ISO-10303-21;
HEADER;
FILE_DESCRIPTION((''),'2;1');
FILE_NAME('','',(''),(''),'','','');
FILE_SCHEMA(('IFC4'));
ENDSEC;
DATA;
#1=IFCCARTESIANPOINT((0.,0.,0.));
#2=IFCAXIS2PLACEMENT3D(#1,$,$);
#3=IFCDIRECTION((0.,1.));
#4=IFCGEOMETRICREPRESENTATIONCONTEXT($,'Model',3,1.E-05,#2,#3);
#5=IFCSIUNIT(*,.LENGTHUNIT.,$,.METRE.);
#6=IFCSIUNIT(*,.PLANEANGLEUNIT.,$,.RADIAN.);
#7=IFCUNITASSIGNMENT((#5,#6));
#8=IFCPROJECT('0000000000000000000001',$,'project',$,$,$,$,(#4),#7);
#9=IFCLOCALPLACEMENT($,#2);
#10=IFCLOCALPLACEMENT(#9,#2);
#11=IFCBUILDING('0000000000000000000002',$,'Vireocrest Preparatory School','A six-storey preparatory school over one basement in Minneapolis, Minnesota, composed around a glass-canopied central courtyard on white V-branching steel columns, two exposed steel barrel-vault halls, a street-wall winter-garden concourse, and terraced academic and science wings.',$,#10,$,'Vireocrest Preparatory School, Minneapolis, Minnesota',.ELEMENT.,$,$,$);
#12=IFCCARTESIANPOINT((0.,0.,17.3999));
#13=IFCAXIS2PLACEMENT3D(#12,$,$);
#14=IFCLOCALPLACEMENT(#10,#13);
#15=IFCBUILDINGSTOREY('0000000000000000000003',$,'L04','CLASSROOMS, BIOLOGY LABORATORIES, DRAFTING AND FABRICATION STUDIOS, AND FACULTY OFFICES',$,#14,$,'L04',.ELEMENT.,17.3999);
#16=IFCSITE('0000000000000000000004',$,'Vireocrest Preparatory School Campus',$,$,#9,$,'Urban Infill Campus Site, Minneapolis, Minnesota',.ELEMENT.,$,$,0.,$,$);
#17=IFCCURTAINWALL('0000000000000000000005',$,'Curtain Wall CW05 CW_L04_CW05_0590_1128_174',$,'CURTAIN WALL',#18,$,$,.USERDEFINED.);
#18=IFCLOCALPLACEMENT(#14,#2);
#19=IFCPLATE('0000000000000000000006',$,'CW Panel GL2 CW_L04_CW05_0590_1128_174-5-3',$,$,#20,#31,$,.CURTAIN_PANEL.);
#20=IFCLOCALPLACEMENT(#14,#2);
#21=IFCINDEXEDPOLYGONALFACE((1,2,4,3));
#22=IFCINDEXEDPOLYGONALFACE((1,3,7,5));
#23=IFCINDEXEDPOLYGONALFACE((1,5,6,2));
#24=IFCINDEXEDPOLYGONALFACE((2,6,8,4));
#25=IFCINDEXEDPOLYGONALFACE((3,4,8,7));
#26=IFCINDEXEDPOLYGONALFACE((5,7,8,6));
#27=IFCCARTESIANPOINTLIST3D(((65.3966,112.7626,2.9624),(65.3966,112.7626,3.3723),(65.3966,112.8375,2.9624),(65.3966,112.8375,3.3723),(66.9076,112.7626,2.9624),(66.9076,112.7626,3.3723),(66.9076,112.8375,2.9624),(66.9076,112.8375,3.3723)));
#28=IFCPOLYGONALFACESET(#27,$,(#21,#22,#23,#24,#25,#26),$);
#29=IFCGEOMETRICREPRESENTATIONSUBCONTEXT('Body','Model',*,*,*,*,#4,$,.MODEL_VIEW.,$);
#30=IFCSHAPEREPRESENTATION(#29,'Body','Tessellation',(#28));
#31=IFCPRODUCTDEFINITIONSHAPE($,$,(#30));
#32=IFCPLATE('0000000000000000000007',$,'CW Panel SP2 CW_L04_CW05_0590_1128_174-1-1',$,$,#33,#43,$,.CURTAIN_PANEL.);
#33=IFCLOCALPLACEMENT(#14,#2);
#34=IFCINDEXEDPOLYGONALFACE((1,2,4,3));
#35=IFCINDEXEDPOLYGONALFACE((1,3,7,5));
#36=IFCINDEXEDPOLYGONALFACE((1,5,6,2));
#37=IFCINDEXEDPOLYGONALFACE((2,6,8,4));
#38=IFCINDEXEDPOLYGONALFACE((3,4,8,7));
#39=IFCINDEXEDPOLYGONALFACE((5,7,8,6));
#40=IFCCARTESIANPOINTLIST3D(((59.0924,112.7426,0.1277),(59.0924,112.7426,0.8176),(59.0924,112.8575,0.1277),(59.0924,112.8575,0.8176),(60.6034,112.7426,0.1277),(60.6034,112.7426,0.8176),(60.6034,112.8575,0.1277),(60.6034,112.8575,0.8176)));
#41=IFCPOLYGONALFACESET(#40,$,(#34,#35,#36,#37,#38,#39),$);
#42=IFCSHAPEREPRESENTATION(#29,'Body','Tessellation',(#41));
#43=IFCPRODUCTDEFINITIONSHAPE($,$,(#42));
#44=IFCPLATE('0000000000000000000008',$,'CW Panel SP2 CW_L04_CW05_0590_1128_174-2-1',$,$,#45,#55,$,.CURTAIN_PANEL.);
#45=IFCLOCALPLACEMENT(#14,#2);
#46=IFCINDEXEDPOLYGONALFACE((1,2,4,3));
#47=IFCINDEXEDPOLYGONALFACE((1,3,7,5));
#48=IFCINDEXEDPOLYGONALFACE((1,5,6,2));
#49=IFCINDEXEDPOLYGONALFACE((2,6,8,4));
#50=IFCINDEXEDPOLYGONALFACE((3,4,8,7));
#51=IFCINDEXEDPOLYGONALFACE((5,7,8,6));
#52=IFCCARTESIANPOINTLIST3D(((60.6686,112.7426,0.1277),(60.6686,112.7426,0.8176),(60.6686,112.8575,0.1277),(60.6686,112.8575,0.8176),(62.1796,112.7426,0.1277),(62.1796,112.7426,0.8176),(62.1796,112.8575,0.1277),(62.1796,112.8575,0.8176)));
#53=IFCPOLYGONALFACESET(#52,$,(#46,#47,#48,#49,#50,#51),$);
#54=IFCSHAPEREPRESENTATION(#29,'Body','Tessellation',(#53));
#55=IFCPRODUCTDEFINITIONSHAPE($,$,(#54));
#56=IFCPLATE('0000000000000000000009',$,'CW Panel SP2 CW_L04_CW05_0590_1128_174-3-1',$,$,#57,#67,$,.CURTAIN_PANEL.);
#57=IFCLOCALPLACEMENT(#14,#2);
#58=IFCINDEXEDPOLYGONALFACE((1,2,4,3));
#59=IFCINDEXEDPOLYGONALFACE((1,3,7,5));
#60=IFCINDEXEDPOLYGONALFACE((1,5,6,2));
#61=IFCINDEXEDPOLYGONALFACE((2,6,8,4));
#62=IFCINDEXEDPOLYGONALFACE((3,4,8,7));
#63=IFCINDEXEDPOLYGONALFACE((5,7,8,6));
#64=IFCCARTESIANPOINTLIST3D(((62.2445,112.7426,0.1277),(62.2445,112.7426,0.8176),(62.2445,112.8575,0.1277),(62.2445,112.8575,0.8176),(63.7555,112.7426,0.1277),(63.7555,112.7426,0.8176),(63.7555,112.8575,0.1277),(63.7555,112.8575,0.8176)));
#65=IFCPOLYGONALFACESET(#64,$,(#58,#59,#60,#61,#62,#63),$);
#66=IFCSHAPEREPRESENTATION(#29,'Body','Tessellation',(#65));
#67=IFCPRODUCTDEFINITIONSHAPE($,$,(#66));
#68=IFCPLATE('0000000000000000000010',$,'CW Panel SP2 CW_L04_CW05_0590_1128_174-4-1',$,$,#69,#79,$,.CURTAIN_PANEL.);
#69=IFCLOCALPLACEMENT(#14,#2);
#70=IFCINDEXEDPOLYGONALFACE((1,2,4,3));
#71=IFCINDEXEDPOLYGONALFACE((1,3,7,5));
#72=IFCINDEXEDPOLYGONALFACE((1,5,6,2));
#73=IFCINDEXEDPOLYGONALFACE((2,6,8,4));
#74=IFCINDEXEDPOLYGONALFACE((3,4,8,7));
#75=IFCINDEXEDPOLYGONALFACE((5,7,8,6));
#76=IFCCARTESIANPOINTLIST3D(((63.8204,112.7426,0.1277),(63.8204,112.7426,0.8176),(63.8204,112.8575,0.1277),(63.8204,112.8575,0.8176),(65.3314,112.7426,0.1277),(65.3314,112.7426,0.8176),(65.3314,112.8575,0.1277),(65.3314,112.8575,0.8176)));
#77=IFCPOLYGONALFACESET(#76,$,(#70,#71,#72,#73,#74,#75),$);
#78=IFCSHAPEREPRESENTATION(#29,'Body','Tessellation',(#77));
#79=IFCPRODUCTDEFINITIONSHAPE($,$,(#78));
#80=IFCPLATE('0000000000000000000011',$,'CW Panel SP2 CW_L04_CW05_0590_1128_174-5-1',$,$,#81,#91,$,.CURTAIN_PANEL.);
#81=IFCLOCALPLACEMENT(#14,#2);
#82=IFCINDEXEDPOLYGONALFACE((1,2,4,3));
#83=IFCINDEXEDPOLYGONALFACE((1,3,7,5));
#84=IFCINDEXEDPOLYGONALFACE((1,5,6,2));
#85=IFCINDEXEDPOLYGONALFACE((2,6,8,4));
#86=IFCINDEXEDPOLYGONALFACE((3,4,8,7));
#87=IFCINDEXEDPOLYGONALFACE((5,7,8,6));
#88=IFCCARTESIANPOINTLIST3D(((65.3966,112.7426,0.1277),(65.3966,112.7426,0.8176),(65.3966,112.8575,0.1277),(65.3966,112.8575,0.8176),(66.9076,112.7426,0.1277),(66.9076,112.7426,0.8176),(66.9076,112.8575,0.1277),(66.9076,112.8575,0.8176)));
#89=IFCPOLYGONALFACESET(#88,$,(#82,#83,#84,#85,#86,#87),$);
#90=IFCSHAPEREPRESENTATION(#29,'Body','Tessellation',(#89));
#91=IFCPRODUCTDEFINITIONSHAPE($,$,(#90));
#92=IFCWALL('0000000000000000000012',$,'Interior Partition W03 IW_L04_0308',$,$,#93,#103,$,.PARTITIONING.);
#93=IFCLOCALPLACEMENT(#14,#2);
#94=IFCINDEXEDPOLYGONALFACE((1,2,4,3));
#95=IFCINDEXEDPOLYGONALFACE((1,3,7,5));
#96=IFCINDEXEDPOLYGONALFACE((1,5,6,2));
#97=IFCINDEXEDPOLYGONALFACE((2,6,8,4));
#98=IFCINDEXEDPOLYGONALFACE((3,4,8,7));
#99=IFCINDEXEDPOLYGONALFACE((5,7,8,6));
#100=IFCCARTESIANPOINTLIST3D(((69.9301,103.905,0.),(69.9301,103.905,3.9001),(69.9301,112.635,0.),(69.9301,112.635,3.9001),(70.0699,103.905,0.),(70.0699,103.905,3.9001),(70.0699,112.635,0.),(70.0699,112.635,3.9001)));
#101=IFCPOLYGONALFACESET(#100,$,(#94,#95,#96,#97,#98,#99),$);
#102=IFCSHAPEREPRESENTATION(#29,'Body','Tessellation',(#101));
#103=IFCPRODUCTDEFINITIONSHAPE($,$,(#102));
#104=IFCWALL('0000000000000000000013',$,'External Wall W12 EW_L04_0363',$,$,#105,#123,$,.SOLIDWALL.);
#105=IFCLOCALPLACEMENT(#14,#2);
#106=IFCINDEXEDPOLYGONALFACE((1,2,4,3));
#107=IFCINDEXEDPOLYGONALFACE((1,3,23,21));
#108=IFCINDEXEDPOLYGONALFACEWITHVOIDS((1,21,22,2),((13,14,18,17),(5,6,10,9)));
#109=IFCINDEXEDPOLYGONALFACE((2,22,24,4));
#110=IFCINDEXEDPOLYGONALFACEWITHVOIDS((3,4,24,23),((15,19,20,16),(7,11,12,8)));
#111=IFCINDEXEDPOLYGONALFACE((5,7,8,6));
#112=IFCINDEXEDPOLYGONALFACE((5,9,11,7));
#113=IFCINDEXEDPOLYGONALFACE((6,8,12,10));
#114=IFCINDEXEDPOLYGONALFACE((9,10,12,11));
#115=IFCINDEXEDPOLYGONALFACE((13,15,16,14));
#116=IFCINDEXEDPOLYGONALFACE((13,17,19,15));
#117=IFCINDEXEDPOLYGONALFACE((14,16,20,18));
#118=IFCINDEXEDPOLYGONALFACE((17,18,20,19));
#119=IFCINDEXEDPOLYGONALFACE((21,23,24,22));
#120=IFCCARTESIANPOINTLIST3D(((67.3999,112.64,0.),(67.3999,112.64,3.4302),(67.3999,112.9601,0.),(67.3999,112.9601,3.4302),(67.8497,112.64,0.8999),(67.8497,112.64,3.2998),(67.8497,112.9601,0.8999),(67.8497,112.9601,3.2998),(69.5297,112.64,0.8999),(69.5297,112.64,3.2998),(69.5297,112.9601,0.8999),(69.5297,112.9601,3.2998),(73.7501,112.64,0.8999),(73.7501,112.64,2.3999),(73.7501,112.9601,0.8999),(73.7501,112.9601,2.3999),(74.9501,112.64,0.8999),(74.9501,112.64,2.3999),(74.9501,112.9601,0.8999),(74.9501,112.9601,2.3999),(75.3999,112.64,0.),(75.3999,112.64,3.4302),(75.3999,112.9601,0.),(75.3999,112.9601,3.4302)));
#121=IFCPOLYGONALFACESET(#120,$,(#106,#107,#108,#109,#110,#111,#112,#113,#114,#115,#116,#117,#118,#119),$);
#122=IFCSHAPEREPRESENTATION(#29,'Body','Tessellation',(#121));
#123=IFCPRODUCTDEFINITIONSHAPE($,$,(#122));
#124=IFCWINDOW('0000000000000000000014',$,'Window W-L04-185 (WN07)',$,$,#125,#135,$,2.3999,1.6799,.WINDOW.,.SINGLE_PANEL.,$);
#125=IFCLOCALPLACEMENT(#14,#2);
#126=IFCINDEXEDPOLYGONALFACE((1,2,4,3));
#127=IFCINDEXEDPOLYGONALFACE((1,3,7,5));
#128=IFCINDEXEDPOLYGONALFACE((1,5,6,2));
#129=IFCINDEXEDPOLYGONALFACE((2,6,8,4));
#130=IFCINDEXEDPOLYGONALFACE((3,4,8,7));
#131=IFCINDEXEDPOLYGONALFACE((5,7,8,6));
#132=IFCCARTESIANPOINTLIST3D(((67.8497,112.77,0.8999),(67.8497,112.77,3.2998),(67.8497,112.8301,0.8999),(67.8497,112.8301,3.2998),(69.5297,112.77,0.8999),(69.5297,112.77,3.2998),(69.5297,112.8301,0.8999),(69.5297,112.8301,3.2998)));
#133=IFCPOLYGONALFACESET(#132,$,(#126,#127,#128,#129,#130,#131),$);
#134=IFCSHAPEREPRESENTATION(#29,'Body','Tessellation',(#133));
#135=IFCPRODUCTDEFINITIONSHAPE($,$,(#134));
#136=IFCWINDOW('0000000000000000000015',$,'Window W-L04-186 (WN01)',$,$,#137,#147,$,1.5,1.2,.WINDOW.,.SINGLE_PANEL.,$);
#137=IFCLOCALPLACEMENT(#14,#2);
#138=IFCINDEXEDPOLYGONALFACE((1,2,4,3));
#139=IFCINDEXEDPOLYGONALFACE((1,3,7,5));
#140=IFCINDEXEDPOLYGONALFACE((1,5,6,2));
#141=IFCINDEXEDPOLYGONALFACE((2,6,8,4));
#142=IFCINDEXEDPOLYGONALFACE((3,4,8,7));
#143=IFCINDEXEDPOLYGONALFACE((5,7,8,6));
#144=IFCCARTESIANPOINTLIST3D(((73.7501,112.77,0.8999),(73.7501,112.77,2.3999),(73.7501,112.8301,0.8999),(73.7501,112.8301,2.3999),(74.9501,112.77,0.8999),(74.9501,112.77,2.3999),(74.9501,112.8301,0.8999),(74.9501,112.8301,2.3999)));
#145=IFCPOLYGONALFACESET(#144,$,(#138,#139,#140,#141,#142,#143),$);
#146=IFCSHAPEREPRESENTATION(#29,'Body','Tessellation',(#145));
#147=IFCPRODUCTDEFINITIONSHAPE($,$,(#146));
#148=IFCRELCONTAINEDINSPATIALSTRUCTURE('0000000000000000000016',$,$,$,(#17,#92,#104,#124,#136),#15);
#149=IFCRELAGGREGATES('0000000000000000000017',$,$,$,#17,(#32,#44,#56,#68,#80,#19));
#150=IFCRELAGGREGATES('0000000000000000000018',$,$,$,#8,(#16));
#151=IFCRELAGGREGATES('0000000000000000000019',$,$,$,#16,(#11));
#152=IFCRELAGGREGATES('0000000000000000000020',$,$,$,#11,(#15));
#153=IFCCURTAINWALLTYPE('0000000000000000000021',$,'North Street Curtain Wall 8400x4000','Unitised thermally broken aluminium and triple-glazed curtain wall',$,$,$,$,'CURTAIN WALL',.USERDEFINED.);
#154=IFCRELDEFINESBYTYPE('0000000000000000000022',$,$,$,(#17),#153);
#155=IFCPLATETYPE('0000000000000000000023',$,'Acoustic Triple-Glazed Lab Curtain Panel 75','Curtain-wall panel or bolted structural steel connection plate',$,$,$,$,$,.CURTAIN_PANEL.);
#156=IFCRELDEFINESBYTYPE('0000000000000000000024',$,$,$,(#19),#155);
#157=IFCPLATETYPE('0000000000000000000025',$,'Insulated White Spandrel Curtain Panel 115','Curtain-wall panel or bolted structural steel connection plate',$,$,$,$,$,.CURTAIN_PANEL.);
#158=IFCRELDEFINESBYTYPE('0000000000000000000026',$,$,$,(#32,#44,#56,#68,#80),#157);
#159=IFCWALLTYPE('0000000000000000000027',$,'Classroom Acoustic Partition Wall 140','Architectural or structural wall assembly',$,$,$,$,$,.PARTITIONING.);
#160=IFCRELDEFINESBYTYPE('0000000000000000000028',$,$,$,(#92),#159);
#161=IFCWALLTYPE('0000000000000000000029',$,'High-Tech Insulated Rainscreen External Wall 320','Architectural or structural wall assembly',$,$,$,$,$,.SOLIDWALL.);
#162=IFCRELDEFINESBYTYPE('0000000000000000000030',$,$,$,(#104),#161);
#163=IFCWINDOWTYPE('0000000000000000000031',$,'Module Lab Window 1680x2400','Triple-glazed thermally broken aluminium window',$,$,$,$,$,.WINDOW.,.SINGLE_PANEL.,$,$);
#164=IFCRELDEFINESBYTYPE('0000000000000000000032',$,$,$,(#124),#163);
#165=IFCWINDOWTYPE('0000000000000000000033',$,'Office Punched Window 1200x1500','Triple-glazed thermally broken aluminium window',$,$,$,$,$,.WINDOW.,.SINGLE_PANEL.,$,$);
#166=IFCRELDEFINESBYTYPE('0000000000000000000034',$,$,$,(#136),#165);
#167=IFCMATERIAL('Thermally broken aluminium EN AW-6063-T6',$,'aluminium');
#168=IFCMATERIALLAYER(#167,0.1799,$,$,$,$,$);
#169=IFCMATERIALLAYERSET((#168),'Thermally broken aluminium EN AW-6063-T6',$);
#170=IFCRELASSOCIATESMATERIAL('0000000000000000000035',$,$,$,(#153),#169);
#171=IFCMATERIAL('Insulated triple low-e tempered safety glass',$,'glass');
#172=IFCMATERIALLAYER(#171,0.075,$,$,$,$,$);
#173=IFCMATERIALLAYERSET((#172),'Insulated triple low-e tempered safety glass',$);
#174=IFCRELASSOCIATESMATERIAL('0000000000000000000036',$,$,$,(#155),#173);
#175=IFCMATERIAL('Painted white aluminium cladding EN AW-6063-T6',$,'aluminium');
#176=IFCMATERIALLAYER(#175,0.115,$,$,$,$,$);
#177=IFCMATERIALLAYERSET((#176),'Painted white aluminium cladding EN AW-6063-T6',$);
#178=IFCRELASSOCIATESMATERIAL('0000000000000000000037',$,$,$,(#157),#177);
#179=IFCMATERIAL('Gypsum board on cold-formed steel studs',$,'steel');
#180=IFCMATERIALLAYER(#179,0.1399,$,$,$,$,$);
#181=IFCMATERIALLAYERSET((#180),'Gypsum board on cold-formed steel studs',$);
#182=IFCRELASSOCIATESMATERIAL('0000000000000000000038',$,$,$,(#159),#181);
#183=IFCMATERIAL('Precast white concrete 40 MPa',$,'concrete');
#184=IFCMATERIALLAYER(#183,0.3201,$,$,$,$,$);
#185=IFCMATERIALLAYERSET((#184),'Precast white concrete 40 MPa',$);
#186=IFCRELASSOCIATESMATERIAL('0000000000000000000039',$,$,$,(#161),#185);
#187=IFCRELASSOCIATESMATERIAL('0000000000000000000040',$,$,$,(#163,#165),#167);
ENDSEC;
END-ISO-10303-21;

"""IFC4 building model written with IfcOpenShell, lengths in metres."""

from ifc_helpers import new_model, si_unit, direction, frame, frame_2d, origin, origin_2d, place, context, subcontext, project, spatial, rectangle, extrude, material, layer, layer_set, type_object, element, fill, aggregate, save


model = new_model("IFC4")

# Units and contexts
model_context = context("Model", 3, precision=1e-05, world=origin(), true_north=direction((0.0, 1.0)))
body_context = subcontext(model_context, "Body", "Model", "MODEL_VIEW")
ifc_project = project(units=[si_unit("LENGTHUNIT", "METRE"), si_unit("PLANEANGLEUNIT", "RADIAN")], contexts=[model_context])

# Site, building, storey
site_placement = place(None, origin())
site = spatial("IfcSite", under=ifc_project, at=site_placement, Name="Vireocrest Preparatory School Campus", LongName="Urban Infill Campus Site, Minneapolis, Minnesota", CompositionType="ELEMENT", RefElevation=0.0)
building_placement = place(site_placement, origin())
building = spatial("IfcBuilding", under=site, at=building_placement, Name="Vireocrest Preparatory School", Description="A six-storey preparatory school over one basement in Minneapolis, Minnesota, composed around a glass-canopied central courtyard on white V-branching steel columns, two exposed steel barrel-vault halls, a street-wall winter-garden concourse, and terraced academic and science wings.", LongName="Vireocrest Preparatory School, Minneapolis, Minnesota", CompositionType="ELEMENT")
storey_placement = place(building_placement, frame((0.0, 0.0, 17.3999)))
storey = spatial("IfcBuildingStorey", under=building, at=storey_placement, Name="L04", Description="CLASSROOMS, BIOLOGY LABORATORIES, DRAFTING AND FABRICATION STUDIOS, AND FACULTY OFFICES", LongName="L04", CompositionType="ELEMENT", Elevation=17.3999)

# Curtain wall
ifc_material_1 = material(Name="Thermally broken aluminium EN AW-6063-T6", Category="aluminium")
ifc_layer_1 = layer(ifc_material_1, 0.1799)
ifc_layer_set_1 = layer_set([ifc_layer_1], Name="Thermally broken aluminium EN AW-6063-T6")
curtain_wall_type = type_object("IfcCurtainWallType", Name="North Street Curtain Wall 8400x4000", Description="Unitised thermally broken aluminium and triple-glazed curtain wall", ElementType="CURTAIN WALL", PredefinedType="USERDEFINED", material=ifc_layer_set_1)
curtain_wall_placement = place(storey_placement, origin())
curtain_wall = element("IfcCurtainWall", 1, at=curtain_wall_placement, inside=storey, type_object=curtain_wall_type, Name="Curtain Wall CW05 CW_L04_CW05_0590_1128_174", ObjectType="CURTAIN WALL", PredefinedType="USERDEFINED")

# Plates
ifc_material_2 = material(Name="Insulated triple low-e tempered safety glass", Category="glass")
ifc_layer_2 = layer(ifc_material_2, 0.075)
ifc_layer_set_2 = layer_set([ifc_layer_2], Name="Insulated triple low-e tempered safety glass")
plate_type_1 = type_object("IfcPlateType", Name="Acoustic Triple-Glazed Lab Curtain Panel 75", Description="Curtain-wall panel or bolted structural steel connection plate", PredefinedType="CURTAIN_PANEL", material=ifc_layer_set_2)
plate_1_placement = place(storey_placement, frame((66.1521, 112.8, 2.9624), z_axis=(0.0, 0.0, 1.0), x_axis=(1.0, 0.0, 0.0)))
plate_1 = element("IfcPlate", 2, at=plate_1_placement, type_object=plate_type_1, Name="CW Panel GL2 CW_L04_CW05_0590_1128_174-5-3", PredefinedType="CURTAIN_PANEL", context=body_context, shape_type="SweptSolid", body=[
    extrude(rectangle(XDim=1.511, YDim=0.075, at=origin_2d()), origin(), (0.0, 0.0, 1.0), 0.4099),
])
ifc_material_3 = material(Name="Painted white aluminium cladding EN AW-6063-T6", Category="aluminium")
ifc_layer_3 = layer(ifc_material_3, 0.115)
ifc_layer_set_3 = layer_set([ifc_layer_3], Name="Painted white aluminium cladding EN AW-6063-T6")
plate_type_2 = type_object("IfcPlateType", Name="Insulated White Spandrel Curtain Panel 115", Description="Curtain-wall panel or bolted structural steel connection plate", PredefinedType="CURTAIN_PANEL", material=ifc_layer_set_3)
plate_2_placement = place(storey_placement, frame((59.8479, 112.8, 0.1277), z_axis=(0.0, 0.0, 1.0), x_axis=(1.0, 0.0, 0.0)))
plate_2 = element("IfcPlate", 3, at=plate_2_placement, type_object=plate_type_2, Name="CW Panel SP2 CW_L04_CW05_0590_1128_174-1-1", PredefinedType="CURTAIN_PANEL", context=body_context, shape_type="SweptSolid", body=[
    extrude(rectangle(XDim=1.511, YDim=0.115, at=origin_2d()), origin(), (0.0, 0.0, 1.0), 0.6899),
])
plate_3_placement = place(storey_placement, frame((61.4241, 112.8, 0.1277), z_axis=(0.0, 0.0, 1.0), x_axis=(1.0, 0.0, 0.0)))
plate_3 = element("IfcPlate", 4, at=plate_3_placement, type_object=plate_type_2, Name="CW Panel SP2 CW_L04_CW05_0590_1128_174-2-1", PredefinedType="CURTAIN_PANEL", context=body_context, shape_type="SweptSolid", body=[
    extrude(rectangle(XDim=1.511, YDim=0.115, at=origin_2d()), origin(), (0.0, 0.0, 1.0), 0.6899),
])
plate_4_placement = place(storey_placement, frame((63.0, 112.8, 0.1277), z_axis=(0.0, 0.0, 1.0), x_axis=(1.0, 0.0, 0.0)))
plate_4 = element("IfcPlate", 5, at=plate_4_placement, type_object=plate_type_2, Name="CW Panel SP2 CW_L04_CW05_0590_1128_174-3-1", PredefinedType="CURTAIN_PANEL", context=body_context, shape_type="SweptSolid", body=[
    extrude(rectangle(XDim=1.511, YDim=0.115, at=origin_2d()), origin(), (0.0, 0.0, 1.0), 0.6899),
])
plate_5_placement = place(storey_placement, frame((64.5759, 112.8, 0.1277), z_axis=(0.0, 0.0, 1.0), x_axis=(1.0, 0.0, 0.0)))
plate_5 = element("IfcPlate", 6, at=plate_5_placement, type_object=plate_type_2, Name="CW Panel SP2 CW_L04_CW05_0590_1128_174-4-1", PredefinedType="CURTAIN_PANEL", context=body_context, shape_type="SweptSolid", body=[
    extrude(rectangle(XDim=1.511, YDim=0.115, at=origin_2d()), origin(), (0.0, 0.0, 1.0), 0.6899),
])
plate_6_placement = place(storey_placement, frame((66.1521, 112.8, 0.1277), z_axis=(0.0, 0.0, 1.0), x_axis=(1.0, 0.0, 0.0)))
plate_6 = element("IfcPlate", 7, at=plate_6_placement, type_object=plate_type_2, Name="CW Panel SP2 CW_L04_CW05_0590_1128_174-5-1", PredefinedType="CURTAIN_PANEL", context=body_context, shape_type="SweptSolid", body=[
    extrude(rectangle(XDim=1.511, YDim=0.115, at=origin_2d()), origin(), (0.0, 0.0, 1.0), 0.6899),
])
aggregate(curtain_wall, [plate_2, plate_3, plate_4, plate_5, plate_6, plate_1])

# Wall
ifc_material_4 = material(Name="Gypsum board on cold-formed steel studs", Category="steel")
ifc_layer_4 = layer(ifc_material_4, 0.1399)
ifc_layer_set_4 = layer_set([ifc_layer_4], Name="Gypsum board on cold-formed steel studs")
wall_type_1 = type_object("IfcWallType", Name="Classroom Acoustic Partition Wall 140", Description="Architectural or structural wall assembly", PredefinedType="PARTITIONING", material=ifc_layer_set_4)
wall_1_placement = place(storey_placement, frame((70.0, 103.905, 0.0), z_axis=(0.0, 0.0, 1.0), x_axis=(0.0, 1.0, 0.0)))
element("IfcWall", 8, at=wall_1_placement, inside=storey, type_object=wall_type_1, Name="Interior Partition W03 IW_L04_0308", PredefinedType="PARTITIONING", context=body_context, shape_type="SweptSolid", body=[
    extrude(rectangle(XDim=8.73, YDim=0.1399, at=frame_2d((4.365, 0.0))), origin(), (0.0, 0.0, 1.0), 3.9001),
])

# Wall, openings, windows
ifc_material_5 = material(Name="Precast white concrete 40 MPa", Category="concrete")
ifc_layer_5 = layer(ifc_material_5, 0.3201)
ifc_layer_set_5 = layer_set([ifc_layer_5], Name="Precast white concrete 40 MPa")
wall_type_2 = type_object("IfcWallType", Name="High-Tech Insulated Rainscreen External Wall 320", Description="Architectural or structural wall assembly", PredefinedType="SOLIDWALL", material=ifc_layer_set_5)
wall_2_placement = place(storey_placement, frame((67.3999, 112.8, 0.0), z_axis=(0.0, 0.0, 1.0), x_axis=(1.0, 0.0, 0.0)))
wall_2 = element("IfcWall", 9, at=wall_2_placement, inside=storey, type_object=wall_type_2, Name="External Wall W12 EW_L04_0363", PredefinedType="SOLIDWALL", context=body_context, shape_type="SweptSolid", body=[
    extrude(rectangle(XDim=8.0, YDim=0.3201, at=frame_2d((4.0, 0.0))), origin(), (0.0, 0.0, 1.0), 3.4302),
])
opening_1_placement = place(wall_2_placement, frame((0.45, 0.0, 0.8999)))
opening_1 = element("IfcOpeningElement", 10, at=opening_1_placement, cuts=wall_2, PredefinedType="OPENING", context=body_context, shape_type="SweptSolid", body=[
    extrude(rectangle(XDim=1.6799, YDim=2.3999, at=frame_2d((0.8398, 1.2))), frame((0.0, 0.1699, 0.0), z_axis=(0.0, -1.0, 0.0), x_axis=(1.0, 0.0, 0.0)), (0.0, 0.0, 1.0), 0.3401),
])
opening_2_placement = place(wall_2_placement, frame((6.3501, 0.0, 0.8999)))
opening_2 = element("IfcOpeningElement", 11, at=opening_2_placement, cuts=wall_2, PredefinedType="OPENING", context=body_context, shape_type="SweptSolid", body=[
    extrude(rectangle(XDim=1.2, YDim=1.5, at=frame_2d((0.6001, 0.75))), frame((0.0, 0.1699, 0.0), z_axis=(0.0, -1.0, 0.0), x_axis=(1.0, 0.0, 0.0)), (0.0, 0.0, 1.0), 0.3401),
])
window_type_1 = type_object("IfcWindowType", Name="Module Lab Window 1680x2400", Description="Triple-glazed thermally broken aluminium window", PartitioningType="SINGLE_PANEL", PredefinedType="WINDOW", material=ifc_material_1)
window_1_placement = place(opening_1_placement, origin())
window_1 = element("IfcWindow", 12, at=window_1_placement, inside=storey, type_object=window_type_1, Name="Window W-L04-185 (WN07)", OverallHeight=2.3999, OverallWidth=1.6799, PartitioningType="SINGLE_PANEL", PredefinedType="WINDOW", context=body_context, shape_type="SweptSolid", body=[
    extrude(rectangle(XDim=1.6799, YDim=2.3999, at=frame_2d((0.8398, 1.2))), frame((0.0, 0.03, 0.0), z_axis=(0.0, -1.0, 0.0), x_axis=(1.0, 0.0, 0.0)), (0.0, 0.0, 1.0), 0.0601),
])
fill(opening_1, window_1)
window_type_2 = type_object("IfcWindowType", Name="Office Punched Window 1200x1500", Description="Triple-glazed thermally broken aluminium window", PartitioningType="SINGLE_PANEL", PredefinedType="WINDOW", material=ifc_material_1)
window_2_placement = place(opening_2_placement, origin())
window_2 = element("IfcWindow", 13, at=window_2_placement, inside=storey, type_object=window_type_2, Name="Window W-L04-186 (WN01)", OverallHeight=1.5, OverallWidth=1.2, PartitioningType="SINGLE_PANEL", PredefinedType="WINDOW", context=body_context, shape_type="SweptSolid", body=[
    extrude(rectangle(XDim=1.2, YDim=1.5, at=frame_2d((0.6001, 0.75))), frame((0.0, 0.03, 0.0), z_axis=(0.0, -1.0, 0.0), x_axis=(1.0, 0.0, 0.0)), (0.0, 0.0, 1.0), 0.0601),
])
fill(opening_2, window_2)

save(model, "model.ifc")
